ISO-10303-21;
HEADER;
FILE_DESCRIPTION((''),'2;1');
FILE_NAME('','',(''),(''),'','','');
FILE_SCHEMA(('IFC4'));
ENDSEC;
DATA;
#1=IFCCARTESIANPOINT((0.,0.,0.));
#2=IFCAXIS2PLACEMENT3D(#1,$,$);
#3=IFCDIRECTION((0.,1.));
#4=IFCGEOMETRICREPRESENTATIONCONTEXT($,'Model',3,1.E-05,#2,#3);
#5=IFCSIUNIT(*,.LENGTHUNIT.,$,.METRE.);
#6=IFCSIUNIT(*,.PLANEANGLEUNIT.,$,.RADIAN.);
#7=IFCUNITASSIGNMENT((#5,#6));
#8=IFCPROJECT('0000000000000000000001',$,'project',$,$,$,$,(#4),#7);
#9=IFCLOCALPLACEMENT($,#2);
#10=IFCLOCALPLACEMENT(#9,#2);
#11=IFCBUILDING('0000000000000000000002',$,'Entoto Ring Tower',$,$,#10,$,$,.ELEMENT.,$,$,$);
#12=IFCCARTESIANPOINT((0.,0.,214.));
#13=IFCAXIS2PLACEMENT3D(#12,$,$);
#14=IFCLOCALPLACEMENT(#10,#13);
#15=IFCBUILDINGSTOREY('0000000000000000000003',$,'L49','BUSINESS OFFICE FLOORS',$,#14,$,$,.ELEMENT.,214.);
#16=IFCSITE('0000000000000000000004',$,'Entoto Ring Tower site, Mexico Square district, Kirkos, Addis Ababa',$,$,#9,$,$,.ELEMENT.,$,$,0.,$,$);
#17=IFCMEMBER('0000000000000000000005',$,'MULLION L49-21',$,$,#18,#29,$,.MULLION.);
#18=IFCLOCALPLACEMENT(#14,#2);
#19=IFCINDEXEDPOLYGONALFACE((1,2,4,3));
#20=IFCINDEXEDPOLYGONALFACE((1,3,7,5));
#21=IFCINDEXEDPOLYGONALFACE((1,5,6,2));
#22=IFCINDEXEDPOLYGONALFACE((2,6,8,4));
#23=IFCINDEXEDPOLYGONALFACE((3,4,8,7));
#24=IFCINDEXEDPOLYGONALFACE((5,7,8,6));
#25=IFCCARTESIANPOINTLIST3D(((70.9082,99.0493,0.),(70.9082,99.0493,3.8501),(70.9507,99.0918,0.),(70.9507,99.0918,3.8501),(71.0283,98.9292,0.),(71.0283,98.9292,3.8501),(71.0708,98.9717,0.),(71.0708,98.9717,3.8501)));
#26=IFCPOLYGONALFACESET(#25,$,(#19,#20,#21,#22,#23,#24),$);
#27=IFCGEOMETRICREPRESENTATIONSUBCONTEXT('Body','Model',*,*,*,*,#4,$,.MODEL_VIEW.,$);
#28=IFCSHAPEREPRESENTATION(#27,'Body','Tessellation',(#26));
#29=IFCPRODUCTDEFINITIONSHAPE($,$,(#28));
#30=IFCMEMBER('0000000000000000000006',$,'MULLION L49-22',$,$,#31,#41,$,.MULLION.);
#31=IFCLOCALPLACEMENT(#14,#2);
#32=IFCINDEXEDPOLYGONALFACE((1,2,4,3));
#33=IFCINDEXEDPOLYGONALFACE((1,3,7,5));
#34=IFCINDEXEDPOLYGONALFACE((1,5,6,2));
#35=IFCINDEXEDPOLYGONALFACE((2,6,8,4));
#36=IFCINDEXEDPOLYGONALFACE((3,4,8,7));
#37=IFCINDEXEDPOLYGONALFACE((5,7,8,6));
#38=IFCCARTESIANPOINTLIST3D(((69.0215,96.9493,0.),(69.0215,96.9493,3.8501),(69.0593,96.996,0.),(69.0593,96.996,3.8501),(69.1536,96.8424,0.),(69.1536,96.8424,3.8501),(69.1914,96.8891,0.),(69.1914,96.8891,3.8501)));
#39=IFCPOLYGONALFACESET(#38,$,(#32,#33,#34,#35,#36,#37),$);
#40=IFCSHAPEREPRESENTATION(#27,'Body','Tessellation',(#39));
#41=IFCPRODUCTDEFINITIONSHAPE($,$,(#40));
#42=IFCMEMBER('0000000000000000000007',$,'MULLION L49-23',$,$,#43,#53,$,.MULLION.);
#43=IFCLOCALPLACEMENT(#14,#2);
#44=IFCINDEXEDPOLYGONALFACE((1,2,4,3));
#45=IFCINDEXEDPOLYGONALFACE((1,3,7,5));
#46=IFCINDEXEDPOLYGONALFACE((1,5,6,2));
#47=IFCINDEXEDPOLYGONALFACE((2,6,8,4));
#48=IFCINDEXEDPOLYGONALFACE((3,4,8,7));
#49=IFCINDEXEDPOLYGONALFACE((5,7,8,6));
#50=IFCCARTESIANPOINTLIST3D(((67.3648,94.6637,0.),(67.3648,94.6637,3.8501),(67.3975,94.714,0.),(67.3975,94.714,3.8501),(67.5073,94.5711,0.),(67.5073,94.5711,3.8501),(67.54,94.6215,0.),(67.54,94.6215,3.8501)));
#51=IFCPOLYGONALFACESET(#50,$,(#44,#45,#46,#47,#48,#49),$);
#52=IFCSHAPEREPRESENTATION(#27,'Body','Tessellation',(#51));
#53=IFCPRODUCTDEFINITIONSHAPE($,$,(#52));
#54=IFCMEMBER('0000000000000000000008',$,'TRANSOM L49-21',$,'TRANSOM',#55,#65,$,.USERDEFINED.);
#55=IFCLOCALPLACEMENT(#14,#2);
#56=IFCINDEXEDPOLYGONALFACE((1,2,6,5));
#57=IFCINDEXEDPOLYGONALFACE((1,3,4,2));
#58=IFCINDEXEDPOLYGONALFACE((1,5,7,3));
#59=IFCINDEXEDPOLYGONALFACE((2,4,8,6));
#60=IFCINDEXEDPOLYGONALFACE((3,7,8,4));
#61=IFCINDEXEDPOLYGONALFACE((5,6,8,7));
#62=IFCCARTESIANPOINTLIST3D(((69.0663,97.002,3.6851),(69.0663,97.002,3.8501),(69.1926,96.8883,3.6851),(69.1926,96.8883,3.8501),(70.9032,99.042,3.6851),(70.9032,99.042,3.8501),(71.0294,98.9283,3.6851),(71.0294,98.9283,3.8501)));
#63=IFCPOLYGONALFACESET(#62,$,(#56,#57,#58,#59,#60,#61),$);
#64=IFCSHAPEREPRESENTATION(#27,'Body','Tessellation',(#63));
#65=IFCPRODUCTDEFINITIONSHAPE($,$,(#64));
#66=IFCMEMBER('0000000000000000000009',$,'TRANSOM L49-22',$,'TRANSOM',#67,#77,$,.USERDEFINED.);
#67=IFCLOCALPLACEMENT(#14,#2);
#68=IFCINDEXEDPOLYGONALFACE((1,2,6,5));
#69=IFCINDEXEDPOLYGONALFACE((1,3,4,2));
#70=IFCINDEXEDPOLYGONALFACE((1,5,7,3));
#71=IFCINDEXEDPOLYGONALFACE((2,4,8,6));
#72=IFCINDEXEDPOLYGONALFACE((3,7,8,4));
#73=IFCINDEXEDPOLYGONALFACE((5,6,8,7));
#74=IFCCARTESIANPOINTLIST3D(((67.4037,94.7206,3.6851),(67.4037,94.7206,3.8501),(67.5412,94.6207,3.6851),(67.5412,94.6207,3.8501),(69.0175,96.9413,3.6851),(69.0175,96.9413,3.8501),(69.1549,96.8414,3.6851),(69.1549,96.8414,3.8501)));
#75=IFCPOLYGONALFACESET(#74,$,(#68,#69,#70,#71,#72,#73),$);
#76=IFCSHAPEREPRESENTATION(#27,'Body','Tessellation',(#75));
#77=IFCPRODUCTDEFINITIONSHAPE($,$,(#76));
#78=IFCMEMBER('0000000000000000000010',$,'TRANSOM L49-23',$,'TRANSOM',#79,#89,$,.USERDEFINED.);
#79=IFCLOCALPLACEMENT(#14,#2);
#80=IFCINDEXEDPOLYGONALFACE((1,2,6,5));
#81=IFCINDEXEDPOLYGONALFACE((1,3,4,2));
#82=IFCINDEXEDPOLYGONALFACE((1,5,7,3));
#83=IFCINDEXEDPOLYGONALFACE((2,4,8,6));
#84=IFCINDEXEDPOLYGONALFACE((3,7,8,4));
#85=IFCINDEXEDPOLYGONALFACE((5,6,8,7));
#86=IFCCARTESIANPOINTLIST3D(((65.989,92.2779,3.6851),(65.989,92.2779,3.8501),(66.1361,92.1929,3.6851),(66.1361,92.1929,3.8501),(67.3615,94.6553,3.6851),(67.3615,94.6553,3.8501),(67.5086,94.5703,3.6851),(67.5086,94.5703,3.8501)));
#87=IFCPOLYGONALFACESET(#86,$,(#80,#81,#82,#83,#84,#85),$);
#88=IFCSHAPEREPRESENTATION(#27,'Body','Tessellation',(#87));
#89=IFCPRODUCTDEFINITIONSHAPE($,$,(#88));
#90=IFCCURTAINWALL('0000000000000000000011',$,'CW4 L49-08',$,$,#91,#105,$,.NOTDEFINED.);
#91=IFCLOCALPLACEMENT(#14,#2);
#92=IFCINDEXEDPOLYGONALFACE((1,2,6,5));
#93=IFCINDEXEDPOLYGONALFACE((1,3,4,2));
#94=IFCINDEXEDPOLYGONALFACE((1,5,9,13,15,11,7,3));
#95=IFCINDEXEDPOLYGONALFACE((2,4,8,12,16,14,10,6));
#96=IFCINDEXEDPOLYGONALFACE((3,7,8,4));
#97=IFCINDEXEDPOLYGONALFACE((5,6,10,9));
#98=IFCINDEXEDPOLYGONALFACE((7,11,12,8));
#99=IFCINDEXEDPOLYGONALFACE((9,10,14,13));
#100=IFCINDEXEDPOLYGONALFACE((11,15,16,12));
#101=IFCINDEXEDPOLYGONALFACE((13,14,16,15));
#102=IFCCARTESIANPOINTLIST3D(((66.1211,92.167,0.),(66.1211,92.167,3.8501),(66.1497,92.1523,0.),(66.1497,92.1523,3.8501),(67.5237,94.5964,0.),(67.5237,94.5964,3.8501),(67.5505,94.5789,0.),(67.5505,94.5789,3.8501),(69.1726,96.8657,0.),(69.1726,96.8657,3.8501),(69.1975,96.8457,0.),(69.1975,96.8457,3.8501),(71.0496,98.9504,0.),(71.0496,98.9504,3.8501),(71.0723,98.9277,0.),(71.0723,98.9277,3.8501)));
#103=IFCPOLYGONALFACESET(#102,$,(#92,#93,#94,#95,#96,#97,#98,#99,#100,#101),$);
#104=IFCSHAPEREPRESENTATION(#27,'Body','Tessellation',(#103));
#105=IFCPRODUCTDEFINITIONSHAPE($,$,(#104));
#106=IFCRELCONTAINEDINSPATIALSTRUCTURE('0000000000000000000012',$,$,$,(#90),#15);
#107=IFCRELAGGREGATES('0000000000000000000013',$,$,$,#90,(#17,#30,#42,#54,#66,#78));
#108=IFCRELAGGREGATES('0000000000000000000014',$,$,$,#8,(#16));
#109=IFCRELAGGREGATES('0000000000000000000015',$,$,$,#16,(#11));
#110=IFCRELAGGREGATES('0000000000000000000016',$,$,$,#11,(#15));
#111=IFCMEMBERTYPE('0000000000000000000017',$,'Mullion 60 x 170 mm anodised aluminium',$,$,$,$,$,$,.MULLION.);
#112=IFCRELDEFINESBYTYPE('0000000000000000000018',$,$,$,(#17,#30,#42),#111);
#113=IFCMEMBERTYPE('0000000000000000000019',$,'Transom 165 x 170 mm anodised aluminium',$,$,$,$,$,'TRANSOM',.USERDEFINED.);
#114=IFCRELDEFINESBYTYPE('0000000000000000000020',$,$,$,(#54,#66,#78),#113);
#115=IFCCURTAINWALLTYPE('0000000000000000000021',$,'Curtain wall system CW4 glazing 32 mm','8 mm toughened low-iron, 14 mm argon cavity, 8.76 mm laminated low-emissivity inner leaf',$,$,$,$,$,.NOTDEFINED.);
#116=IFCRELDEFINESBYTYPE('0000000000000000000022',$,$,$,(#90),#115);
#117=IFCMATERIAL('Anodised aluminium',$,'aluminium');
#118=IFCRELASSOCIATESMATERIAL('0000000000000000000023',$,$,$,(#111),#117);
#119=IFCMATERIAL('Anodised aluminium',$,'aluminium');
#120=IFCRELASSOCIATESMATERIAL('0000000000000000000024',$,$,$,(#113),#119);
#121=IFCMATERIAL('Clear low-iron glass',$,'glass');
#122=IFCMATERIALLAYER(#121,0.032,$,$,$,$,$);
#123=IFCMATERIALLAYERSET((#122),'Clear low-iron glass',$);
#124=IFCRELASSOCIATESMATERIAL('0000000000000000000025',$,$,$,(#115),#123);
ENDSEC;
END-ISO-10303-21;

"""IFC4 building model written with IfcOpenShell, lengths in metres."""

from ifc_helpers import new_model, si_unit, direction, frame, origin, origin_2d, place, context, subcontext, project, spatial, polyline, rectangle, outline, extrude, material, layer, layer_set, material_profile, profile_set, type_object, element, aggregate, save


model = new_model("IFC4")

# Units and contexts
model_context = context("Model", 3, precision=1e-05, world=origin(), true_north=direction((0.0, 1.0)))
body_context = subcontext(model_context, "Body", "Model", "MODEL_VIEW")
ifc_project = project(units=[si_unit("LENGTHUNIT", "METRE"), si_unit("PLANEANGLEUNIT", "RADIAN")], contexts=[model_context])

# Members
ifc_material_1 = material(Name="Anodised aluminium", Category="aluminium")
ifc_material_profile_1 = material_profile(ifc_material_1, rectangle(XDim=0.0601, YDim=0.1699, at=origin_2d()), Name="Mullion 60 x 170 mm anodised aluminium")
ifc_profile_set_1 = profile_set([ifc_material_profile_1], Name="Anodised aluminium")
member_type_1 = type_object("IfcMemberType", Name="Mullion 60 x 170 mm anodised aluminium", PredefinedType="MULLION", material=ifc_profile_set_1)
site_placement = place(None, origin())
building_placement = place(site_placement, origin())
storey_placement = place(building_placement, frame((0.0, 0.0, 214.0)))
member_1_placement = place(storey_placement, frame((70.9895, 99.0105, 0.0), z_axis=(0.0, 0.0, 1.0), x_axis=(-0.707107, -0.707107, 0.0)))
member_1 = element("IfcMember", 1, at=member_1_placement, type_object=member_type_1, Name="MULLION L49-21", PredefinedType="MULLION", context=body_context, shape_type="SweptSolid", body=[
    extrude(rectangle(XDim=0.0601, YDim=0.1699, at=origin_2d()), origin(), (0.0, 0.0, 1.0), 3.8501),
])
member_2_placement = place(storey_placement, frame((69.1064, 96.9192, 0.0), z_axis=(0.0, 0.0, 1.0), x_axis=(-0.62932, -0.777146, 0.0)))
member_2 = element("IfcMember", 2, at=member_2_placement, type_object=member_type_1, Name="MULLION L49-22", PredefinedType="MULLION", context=body_context, shape_type="SweptSolid", body=[
    extrude(rectangle(XDim=0.0601, YDim=0.1699, at=origin_2d()), origin(), (0.0, 0.0, 1.0), 3.8501),
])
member_3_placement = place(storey_placement, frame((67.4524, 94.6426, 0.0), z_axis=(0.0, 0.0, 1.0), x_axis=(-0.544639, -0.838671, 0.0)))
member_3 = element("IfcMember", 3, at=member_3_placement, type_object=member_type_1, Name="MULLION L49-23", PredefinedType="MULLION", context=body_context, shape_type="SweptSolid", body=[
    extrude(rectangle(XDim=0.0601, YDim=0.1699, at=origin_2d()), origin(), (0.0, 0.0, 1.0), 3.8501),
])
ifc_material_2 = material(Name="Anodised aluminium", Category="aluminium")
ifc_material_profile_2 = material_profile(ifc_material_2, rectangle(XDim=0.1699, YDim=0.165, at=origin_2d()), Name="Transom 165 x 170 mm anodised aluminium")
ifc_profile_set_2 = profile_set([ifc_material_profile_2], Name="Anodised aluminium")
member_type_2 = type_object("IfcMemberType", Name="Transom 165 x 170 mm anodised aluminium", ElementType="TRANSOM", PredefinedType="USERDEFINED", material=ifc_profile_set_2)
member_4_placement = place(storey_placement, frame((70.9663, 98.9851, 3.7676), z_axis=(-0.669142, -0.743135, 0.0), x_axis=(0.743135, -0.669142, 0.0)))
member_4 = element("IfcMember", 4, at=member_4_placement, type_object=member_type_2, Name="TRANSOM L49-21", ObjectType="TRANSOM", PredefinedType="USERDEFINED", context=body_context, shape_type="SweptSolid", body=[
    extrude(rectangle(XDim=0.1699, YDim=0.165, at=origin_2d()), origin(), (0.0, 0.0, 1.0), 2.7451),
])
member_5_placement = place(storey_placement, frame((69.0862, 96.8914, 3.7676), z_axis=(-0.587865, -0.808959, 0.0), x_axis=(0.808959, -0.587865, 0.0)))
member_5 = element("IfcMember", 5, at=member_5_placement, type_object=member_type_2, Name="TRANSOM L49-22", ObjectType="TRANSOM", PredefinedType="USERDEFINED", context=body_context, shape_type="SweptSolid", body=[
    extrude(rectangle(XDim=0.1699, YDim=0.165, at=origin_2d()), origin(), (0.0, 0.0, 1.0), 2.7451),
])
member_6_placement = place(storey_placement, frame((67.4351, 94.6128, 3.7676), z_axis=(-0.499984, -0.866035, 0.0), x_axis=(0.866035, -0.499984, 0.0)))
member_6 = element("IfcMember", 6, at=member_6_placement, type_object=member_type_2, Name="TRANSOM L49-23", ObjectType="TRANSOM", PredefinedType="USERDEFINED", context=body_context, shape_type="SweptSolid", body=[
    extrude(rectangle(XDim=0.1699, YDim=0.165, at=origin_2d()), origin(), (0.0, 0.0, 1.0), 2.7451),
])

# Site, building, storey
site = spatial("IfcSite", under=ifc_project, at=site_placement, Name="Entoto Ring Tower site, Mexico Square district, Kirkos, Addis Ababa", CompositionType="ELEMENT", RefElevation=0.0)
building = spatial("IfcBuilding", under=site, at=building_placement, Name="Entoto Ring Tower", CompositionType="ELEMENT")
storey = spatial("IfcBuildingStorey", under=building, at=storey_placement, Name="L49", Description="BUSINESS OFFICE FLOORS", CompositionType="ELEMENT", Elevation=214.0)

# Curtain wall
ifc_material_3 = material(Name="Clear low-iron glass", Category="glass")
ifc_layer = layer(ifc_material_3, 0.032)
ifc_layer_set = layer_set([ifc_layer], Name="Clear low-iron glass")
curtain_wall_type = type_object("IfcCurtainWallType", Name="Curtain wall system CW4 glazing 32 mm", Description="8 mm toughened low-iron, 14 mm argon cavity, 8.76 mm laminated low-emissivity inner leaf", PredefinedType="NOTDEFINED", material=ifc_layer_set)
curtain_wall_1_placement = place(storey_placement, origin())
curtain_wall_1 = element("IfcCurtainWall", 7, at=curtain_wall_1_placement, inside=storey, type_object=curtain_wall_type, Name="CW4 L49-08", PredefinedType="NOTDEFINED", context=body_context, shape_type="SweptSolid", body=[
    extrude(outline(polyline([(71.0496, 98.9504), (69.1726, 96.8657), (67.5237, 94.5964), (66.1211, 92.167), (66.1497, 92.1523), (67.5505, 94.5789), (69.1975, 96.8457), (71.0723, 98.9277), (71.0496, 98.9504)])), origin(), (0.0, 0.0, 1.0), 3.8501),
])
aggregate(curtain_wall_1, [member_1, member_2, member_3, member_4, member_5, member_6])

save(model, "model.ifc")
